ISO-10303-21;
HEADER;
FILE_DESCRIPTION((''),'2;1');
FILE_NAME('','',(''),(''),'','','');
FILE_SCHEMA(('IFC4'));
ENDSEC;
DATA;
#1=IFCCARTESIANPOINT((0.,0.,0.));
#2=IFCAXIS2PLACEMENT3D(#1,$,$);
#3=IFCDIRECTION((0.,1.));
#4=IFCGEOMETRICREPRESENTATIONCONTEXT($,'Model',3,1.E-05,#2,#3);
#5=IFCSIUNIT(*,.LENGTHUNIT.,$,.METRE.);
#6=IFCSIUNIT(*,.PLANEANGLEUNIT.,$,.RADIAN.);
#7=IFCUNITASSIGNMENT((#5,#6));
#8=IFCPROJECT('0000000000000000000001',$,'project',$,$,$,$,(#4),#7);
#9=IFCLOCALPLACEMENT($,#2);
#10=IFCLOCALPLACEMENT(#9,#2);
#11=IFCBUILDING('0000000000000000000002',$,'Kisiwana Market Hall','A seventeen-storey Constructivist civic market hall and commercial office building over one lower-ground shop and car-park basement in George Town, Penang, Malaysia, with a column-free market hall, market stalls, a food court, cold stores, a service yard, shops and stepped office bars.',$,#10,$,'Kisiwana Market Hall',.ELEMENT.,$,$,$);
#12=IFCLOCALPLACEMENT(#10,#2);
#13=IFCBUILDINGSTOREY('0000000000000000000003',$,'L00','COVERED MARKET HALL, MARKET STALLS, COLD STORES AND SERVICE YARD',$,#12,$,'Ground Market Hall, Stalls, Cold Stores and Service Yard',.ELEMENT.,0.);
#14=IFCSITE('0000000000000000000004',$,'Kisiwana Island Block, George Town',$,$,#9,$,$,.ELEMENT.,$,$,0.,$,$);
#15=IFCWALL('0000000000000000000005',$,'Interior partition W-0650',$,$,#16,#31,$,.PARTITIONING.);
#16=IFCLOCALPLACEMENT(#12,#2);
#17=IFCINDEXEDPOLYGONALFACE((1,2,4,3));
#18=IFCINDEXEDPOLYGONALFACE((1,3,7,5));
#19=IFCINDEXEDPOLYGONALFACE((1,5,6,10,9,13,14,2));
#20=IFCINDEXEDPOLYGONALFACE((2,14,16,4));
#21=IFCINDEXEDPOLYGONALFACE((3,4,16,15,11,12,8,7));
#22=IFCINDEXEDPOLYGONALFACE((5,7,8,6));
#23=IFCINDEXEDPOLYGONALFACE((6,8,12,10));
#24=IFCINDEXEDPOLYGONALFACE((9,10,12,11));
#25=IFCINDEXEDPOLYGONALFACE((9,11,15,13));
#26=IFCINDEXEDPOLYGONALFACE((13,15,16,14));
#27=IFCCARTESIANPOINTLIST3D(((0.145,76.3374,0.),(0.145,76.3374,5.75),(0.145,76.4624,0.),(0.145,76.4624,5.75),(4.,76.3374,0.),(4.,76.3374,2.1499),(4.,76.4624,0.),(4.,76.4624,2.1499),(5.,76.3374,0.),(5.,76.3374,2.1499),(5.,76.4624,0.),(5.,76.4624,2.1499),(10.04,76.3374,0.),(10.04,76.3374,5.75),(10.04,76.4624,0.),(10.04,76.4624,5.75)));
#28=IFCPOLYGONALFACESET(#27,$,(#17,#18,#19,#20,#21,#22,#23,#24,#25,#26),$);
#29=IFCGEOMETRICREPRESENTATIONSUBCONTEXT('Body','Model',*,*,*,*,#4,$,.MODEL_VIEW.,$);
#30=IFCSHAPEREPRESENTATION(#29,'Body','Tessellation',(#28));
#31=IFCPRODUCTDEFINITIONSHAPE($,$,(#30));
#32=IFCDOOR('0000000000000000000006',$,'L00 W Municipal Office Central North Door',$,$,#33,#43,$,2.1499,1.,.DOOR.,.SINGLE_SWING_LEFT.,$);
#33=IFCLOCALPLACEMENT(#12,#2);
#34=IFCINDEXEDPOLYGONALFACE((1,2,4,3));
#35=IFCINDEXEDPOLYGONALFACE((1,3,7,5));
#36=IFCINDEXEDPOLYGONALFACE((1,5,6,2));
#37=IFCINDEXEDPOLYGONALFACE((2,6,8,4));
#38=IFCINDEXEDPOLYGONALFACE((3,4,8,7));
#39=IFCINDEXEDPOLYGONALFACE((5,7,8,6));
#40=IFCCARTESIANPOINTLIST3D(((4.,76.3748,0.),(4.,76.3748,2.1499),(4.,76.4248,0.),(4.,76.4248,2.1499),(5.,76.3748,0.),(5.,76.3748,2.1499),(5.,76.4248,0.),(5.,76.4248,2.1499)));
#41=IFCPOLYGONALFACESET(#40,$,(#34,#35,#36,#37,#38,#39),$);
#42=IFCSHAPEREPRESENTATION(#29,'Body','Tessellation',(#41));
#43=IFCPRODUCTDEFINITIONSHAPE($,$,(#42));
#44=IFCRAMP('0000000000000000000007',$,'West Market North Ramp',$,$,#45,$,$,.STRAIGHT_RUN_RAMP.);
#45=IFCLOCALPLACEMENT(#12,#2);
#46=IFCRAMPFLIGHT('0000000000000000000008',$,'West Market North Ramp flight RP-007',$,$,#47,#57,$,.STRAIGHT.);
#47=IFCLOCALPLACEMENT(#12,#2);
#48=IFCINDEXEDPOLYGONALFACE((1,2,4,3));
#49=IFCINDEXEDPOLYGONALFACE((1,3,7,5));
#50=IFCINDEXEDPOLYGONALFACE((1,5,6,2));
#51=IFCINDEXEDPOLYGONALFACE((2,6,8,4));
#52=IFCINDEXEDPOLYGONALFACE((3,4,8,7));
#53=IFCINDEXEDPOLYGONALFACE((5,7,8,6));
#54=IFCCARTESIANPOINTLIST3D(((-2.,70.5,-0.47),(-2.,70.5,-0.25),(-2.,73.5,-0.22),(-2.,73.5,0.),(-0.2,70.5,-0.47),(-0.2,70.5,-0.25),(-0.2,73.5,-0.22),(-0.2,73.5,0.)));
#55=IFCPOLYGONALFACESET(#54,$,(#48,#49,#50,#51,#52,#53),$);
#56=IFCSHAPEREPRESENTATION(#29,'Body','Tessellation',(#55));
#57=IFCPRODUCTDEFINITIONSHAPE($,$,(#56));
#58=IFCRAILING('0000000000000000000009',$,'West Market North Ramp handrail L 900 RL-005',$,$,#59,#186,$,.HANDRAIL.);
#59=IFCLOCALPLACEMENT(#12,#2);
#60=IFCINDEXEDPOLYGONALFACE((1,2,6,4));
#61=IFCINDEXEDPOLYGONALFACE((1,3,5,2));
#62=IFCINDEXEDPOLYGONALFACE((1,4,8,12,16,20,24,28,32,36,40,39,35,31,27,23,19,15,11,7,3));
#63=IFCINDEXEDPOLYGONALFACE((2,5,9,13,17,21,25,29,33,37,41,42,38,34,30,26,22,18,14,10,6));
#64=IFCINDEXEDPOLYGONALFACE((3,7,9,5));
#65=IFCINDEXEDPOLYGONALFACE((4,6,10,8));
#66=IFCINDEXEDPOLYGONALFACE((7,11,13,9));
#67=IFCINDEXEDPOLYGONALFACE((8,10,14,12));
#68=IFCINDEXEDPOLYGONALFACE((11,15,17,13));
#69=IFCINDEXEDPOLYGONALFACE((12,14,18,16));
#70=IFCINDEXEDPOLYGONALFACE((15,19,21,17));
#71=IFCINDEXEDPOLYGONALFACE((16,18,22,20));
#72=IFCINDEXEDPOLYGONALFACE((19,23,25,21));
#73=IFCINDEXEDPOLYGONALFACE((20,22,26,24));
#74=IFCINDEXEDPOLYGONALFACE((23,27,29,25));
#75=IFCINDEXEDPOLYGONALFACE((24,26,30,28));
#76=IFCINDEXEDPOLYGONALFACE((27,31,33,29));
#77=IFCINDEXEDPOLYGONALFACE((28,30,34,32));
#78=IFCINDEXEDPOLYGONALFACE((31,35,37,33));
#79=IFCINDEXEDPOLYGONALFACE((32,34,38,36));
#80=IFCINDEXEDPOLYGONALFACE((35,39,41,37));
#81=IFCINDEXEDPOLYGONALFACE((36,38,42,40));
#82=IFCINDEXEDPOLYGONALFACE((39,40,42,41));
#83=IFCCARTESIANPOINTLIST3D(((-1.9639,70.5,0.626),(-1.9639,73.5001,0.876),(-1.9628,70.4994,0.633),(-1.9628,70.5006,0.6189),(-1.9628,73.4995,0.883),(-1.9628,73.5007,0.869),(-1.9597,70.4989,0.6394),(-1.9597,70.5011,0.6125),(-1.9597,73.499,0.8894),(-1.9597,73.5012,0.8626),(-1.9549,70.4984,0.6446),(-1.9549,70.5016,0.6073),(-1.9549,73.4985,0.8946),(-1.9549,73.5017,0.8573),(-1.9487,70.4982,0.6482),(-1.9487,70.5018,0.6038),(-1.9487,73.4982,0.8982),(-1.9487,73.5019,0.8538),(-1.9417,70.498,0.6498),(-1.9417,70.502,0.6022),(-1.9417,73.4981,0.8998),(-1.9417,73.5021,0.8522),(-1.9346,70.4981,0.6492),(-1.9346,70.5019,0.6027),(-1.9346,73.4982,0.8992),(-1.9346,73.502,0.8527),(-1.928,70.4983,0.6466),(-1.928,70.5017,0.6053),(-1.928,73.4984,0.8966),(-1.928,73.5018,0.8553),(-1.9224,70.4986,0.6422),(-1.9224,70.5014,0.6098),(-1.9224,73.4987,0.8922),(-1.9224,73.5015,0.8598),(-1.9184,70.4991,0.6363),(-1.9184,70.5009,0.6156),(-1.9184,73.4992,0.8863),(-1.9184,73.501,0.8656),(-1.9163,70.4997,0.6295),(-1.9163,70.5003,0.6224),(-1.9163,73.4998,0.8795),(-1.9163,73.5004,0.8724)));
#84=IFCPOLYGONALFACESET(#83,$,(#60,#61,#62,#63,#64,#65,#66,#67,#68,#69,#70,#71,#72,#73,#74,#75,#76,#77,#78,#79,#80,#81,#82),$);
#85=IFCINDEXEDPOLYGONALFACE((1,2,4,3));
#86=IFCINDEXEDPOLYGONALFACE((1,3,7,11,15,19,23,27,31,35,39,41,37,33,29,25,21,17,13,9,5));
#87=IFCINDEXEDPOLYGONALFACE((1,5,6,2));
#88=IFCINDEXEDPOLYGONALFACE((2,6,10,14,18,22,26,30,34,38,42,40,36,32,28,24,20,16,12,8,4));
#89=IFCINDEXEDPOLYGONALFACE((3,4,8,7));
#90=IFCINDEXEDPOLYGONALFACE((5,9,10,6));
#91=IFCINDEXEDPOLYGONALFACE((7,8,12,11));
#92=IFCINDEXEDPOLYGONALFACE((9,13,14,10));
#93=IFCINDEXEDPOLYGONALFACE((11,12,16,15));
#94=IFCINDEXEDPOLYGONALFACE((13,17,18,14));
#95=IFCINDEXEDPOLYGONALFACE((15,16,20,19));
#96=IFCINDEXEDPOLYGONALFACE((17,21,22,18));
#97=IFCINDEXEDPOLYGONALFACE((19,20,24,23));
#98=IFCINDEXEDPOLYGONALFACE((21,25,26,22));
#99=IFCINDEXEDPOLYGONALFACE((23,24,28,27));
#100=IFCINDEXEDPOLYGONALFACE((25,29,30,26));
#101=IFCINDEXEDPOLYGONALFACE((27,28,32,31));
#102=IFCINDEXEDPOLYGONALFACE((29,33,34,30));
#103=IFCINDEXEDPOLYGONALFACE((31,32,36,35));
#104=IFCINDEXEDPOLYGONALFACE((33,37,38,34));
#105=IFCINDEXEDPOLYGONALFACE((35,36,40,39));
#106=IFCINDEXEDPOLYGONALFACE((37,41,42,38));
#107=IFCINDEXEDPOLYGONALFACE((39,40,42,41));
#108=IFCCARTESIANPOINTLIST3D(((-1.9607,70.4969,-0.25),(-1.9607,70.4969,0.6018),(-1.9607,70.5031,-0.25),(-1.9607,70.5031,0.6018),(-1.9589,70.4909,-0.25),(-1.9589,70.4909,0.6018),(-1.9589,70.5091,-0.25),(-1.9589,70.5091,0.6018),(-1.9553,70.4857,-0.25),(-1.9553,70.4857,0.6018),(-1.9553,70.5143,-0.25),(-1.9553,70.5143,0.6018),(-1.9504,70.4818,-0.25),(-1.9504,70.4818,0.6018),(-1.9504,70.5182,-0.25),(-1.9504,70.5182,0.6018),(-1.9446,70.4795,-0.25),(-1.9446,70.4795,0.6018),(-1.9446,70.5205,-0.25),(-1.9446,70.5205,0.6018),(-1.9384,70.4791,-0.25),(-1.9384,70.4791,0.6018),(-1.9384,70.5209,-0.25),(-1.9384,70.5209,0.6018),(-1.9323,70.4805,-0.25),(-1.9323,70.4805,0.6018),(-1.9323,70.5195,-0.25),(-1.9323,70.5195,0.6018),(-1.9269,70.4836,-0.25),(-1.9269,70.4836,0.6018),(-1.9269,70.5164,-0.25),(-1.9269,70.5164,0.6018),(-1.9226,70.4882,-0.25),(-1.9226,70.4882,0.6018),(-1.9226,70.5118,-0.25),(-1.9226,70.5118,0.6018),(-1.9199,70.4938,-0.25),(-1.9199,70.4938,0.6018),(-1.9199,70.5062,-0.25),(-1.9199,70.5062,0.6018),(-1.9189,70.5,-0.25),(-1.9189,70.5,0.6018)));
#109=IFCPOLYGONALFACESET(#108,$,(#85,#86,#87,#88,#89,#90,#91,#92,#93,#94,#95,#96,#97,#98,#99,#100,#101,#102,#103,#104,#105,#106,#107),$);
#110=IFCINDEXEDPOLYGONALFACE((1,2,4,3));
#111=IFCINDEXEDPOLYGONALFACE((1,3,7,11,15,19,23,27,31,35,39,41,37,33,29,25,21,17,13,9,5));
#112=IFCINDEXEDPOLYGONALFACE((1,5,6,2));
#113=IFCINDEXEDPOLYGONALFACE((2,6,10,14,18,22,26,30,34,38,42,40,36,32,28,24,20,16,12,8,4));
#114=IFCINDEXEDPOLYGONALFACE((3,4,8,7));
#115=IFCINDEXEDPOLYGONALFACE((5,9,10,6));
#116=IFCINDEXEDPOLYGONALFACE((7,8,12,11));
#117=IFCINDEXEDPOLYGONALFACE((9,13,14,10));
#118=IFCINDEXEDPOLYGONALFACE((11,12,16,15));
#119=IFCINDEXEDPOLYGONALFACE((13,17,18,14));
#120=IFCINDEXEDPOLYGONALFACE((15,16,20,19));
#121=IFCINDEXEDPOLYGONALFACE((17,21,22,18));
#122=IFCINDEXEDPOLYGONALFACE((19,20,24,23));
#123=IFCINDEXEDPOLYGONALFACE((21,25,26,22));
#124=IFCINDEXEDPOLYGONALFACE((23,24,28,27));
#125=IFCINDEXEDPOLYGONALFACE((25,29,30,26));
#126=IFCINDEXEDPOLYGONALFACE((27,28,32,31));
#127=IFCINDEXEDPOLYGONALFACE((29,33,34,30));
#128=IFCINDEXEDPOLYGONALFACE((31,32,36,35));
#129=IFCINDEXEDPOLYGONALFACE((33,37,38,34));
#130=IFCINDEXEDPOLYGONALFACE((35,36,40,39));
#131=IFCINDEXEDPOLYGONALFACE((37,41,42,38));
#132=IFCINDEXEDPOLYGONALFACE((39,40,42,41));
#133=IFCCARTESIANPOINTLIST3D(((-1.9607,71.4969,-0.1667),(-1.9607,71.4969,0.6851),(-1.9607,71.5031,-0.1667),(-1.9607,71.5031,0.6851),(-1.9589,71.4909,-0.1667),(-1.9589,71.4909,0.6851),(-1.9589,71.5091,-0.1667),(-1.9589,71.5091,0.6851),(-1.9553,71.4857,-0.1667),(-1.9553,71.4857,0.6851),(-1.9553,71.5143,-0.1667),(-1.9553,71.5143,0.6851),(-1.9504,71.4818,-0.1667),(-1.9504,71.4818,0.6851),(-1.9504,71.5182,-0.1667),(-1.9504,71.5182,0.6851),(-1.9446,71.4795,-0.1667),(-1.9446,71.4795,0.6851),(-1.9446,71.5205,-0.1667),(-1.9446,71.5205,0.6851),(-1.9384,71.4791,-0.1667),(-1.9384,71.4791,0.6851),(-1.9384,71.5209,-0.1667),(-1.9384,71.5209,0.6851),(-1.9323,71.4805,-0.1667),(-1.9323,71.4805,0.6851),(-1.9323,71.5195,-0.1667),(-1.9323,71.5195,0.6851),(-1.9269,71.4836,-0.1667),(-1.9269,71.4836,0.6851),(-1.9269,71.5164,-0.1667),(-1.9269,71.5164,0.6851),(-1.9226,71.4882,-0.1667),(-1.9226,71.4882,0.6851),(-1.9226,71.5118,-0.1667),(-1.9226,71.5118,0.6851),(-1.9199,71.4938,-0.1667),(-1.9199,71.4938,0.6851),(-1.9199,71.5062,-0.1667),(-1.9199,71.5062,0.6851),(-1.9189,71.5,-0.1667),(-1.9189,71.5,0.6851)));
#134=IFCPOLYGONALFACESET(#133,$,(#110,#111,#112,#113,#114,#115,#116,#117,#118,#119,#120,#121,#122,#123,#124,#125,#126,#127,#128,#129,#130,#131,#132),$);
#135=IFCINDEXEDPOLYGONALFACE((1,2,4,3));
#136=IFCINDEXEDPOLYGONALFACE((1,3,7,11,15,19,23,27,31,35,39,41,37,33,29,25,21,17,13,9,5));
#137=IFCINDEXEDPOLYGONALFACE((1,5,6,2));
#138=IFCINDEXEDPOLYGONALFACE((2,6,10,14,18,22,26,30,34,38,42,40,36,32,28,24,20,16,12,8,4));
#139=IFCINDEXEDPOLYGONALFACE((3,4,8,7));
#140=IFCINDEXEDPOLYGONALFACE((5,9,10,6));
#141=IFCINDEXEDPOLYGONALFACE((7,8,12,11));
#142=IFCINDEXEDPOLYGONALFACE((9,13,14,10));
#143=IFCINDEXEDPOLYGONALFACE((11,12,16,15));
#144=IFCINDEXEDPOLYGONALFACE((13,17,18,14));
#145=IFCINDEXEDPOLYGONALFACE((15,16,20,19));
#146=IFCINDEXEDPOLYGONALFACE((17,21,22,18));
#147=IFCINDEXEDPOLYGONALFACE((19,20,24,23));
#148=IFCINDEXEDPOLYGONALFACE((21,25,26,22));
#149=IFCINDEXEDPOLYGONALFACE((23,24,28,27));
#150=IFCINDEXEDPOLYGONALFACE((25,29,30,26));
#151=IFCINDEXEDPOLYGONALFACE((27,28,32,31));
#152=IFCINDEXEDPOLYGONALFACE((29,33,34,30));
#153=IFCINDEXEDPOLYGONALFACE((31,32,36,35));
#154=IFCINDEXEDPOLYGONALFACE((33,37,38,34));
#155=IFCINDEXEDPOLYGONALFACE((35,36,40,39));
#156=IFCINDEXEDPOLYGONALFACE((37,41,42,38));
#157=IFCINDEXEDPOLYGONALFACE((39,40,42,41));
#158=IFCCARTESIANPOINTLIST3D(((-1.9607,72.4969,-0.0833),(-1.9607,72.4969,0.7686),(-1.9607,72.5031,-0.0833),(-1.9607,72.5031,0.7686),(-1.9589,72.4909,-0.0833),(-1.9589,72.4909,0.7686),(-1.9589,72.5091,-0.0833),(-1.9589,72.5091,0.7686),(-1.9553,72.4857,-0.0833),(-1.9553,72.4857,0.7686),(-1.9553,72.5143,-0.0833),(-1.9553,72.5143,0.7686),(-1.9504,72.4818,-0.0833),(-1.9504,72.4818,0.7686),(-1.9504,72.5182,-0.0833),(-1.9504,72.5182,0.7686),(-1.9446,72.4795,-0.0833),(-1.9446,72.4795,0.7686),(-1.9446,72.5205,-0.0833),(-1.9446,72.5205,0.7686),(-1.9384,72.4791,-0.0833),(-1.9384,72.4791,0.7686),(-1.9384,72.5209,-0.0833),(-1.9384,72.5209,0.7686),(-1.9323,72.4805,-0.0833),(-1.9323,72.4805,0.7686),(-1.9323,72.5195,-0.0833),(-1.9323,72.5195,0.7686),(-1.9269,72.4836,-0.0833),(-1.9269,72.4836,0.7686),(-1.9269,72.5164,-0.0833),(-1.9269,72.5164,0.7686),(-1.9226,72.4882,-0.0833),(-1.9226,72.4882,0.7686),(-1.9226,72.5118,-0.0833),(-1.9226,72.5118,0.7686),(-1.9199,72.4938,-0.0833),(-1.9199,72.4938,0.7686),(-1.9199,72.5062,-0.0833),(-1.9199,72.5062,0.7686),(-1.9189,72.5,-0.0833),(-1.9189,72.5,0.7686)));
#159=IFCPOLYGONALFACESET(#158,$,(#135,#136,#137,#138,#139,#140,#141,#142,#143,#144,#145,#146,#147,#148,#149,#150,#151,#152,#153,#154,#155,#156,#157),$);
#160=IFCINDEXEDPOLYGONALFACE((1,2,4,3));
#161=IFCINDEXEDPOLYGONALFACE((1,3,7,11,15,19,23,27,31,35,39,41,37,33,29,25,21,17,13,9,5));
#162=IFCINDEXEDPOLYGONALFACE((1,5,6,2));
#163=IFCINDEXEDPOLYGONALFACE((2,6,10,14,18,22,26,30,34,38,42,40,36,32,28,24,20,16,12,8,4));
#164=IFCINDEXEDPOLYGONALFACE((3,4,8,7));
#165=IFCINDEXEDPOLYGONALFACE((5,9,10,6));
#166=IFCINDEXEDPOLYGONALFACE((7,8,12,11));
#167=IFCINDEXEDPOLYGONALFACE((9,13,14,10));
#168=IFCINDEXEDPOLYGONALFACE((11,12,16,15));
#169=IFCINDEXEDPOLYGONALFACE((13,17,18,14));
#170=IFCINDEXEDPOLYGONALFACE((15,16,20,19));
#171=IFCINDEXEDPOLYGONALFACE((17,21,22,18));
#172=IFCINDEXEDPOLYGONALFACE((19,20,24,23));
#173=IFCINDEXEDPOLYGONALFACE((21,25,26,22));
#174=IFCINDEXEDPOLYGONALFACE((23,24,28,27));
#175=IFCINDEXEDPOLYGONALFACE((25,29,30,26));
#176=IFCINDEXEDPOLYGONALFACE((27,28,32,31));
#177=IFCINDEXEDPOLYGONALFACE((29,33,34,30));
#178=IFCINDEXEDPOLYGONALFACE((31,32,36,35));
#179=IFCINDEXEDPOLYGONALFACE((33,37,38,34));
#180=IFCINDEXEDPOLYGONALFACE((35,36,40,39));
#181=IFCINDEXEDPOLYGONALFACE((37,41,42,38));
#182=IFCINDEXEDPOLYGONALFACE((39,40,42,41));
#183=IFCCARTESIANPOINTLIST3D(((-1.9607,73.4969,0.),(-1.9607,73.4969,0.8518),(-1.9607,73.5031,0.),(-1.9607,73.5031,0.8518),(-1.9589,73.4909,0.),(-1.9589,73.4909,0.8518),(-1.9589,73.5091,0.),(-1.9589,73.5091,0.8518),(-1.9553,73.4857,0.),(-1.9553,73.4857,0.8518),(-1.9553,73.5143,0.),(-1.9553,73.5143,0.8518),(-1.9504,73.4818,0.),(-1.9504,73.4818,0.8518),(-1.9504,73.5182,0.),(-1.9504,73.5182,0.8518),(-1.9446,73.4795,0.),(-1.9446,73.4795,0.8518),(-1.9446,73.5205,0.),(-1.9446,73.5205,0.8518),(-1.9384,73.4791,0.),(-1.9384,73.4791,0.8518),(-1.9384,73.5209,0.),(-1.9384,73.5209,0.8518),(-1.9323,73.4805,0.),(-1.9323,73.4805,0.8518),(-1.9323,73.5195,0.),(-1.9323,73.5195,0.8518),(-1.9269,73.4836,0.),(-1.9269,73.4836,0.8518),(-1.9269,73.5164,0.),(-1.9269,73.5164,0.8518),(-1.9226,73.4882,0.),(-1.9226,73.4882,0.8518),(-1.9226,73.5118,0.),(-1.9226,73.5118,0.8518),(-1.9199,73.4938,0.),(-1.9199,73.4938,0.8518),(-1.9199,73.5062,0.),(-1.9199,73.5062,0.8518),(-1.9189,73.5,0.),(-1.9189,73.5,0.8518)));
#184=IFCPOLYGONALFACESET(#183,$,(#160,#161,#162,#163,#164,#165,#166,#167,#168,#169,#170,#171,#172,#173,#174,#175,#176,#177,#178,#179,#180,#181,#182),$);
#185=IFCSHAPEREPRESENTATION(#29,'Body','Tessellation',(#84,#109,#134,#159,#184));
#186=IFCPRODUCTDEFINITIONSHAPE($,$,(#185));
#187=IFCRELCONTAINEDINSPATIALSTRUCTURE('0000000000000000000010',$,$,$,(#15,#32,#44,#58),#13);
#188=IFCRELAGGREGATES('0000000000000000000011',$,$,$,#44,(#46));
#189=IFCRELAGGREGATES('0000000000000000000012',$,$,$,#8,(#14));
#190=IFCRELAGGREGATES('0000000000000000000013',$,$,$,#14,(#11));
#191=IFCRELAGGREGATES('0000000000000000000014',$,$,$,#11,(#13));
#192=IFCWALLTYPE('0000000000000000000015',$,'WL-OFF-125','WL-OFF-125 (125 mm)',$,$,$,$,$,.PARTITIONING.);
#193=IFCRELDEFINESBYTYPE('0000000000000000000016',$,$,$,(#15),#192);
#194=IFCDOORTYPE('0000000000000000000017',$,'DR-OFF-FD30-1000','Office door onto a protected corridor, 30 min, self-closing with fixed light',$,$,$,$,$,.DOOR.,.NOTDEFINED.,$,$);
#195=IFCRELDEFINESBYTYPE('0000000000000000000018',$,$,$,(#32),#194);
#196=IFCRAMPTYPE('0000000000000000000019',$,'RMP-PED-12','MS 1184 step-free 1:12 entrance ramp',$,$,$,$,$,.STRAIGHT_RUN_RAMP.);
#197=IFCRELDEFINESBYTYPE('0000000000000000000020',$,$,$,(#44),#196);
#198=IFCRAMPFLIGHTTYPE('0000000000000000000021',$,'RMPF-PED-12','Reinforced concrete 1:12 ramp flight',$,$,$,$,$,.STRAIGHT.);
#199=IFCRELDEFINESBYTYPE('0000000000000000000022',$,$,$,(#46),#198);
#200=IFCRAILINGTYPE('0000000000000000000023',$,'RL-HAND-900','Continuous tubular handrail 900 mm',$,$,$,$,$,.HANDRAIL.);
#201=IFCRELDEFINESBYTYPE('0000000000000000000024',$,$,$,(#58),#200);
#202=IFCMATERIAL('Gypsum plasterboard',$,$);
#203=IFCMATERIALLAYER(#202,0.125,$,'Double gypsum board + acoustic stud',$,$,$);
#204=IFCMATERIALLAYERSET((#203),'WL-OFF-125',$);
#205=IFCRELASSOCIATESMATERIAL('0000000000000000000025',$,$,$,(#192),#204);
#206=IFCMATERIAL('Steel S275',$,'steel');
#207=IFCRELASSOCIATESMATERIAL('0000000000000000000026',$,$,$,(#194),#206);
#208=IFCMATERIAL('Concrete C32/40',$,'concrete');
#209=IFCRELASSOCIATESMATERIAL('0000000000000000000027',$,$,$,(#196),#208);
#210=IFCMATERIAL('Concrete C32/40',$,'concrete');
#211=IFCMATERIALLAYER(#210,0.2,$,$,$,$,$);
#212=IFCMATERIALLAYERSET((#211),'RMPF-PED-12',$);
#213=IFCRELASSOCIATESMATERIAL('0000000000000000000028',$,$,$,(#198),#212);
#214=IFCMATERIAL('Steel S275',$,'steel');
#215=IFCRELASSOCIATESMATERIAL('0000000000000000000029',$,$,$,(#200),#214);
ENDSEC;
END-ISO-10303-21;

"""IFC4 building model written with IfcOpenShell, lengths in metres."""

from ifc_helpers import new_model, si_unit, direction, frame, frame_2d, origin, origin_2d, place, context, subcontext, project, spatial, polyline, rectangle, circle, outline, extrude, material, layer, layer_set, type_object, element, fill, aggregate, save


model = new_model("IFC4")

# Units and contexts
model_context = context("Model", 3, precision=1e-05, world=origin(), true_north=direction((0.0, 1.0)))
body_context = subcontext(model_context, "Body", "Model", "MODEL_VIEW")
ifc_project = project(units=[si_unit("LENGTHUNIT", "METRE"), si_unit("PLANEANGLEUNIT", "RADIAN")], contexts=[model_context])

# Site, building, storey
site_placement = place(None, origin())
site = spatial("IfcSite", under=ifc_project, at=site_placement, Name="Kisiwana Island Block, George Town", CompositionType="ELEMENT", RefElevation=0.0)
building_placement = place(site_placement, origin())
building = spatial("IfcBuilding", under=site, at=building_placement, Name="Kisiwana Market Hall", Description="A seventeen-storey Constructivist civic market hall and commercial office building over one lower-ground shop and car-park basement in George Town, Penang, Malaysia, with a column-free market hall, market stalls, a food court, cold stores, a service yard, shops and stepped office bars.", LongName="Kisiwana Market Hall", CompositionType="ELEMENT")
storey_placement = place(building_placement, origin())
storey = spatial("IfcBuildingStorey", under=building, at=storey_placement, Name="L00", Description="COVERED MARKET HALL, MARKET STALLS, COLD STORES AND SERVICE YARD", LongName="Ground Market Hall, Stalls, Cold Stores and Service Yard", CompositionType="ELEMENT", Elevation=0.0)

# Wall, opening, door
ifc_material_1 = material(Name="Gypsum plasterboard")
ifc_layer_1 = layer(ifc_material_1, 0.125, Name="Double gypsum board + acoustic stud")
ifc_layer_set_1 = layer_set([ifc_layer_1], Name="WL-OFF-125")
wall_type_1 = type_object("IfcWallType", Name="WL-OFF-125", Description="WL-OFF-125 (125 mm)", PredefinedType="PARTITIONING", material=ifc_layer_set_1)
wall_1_placement = place(storey_placement, frame((0.145, 76.3999, 0.0), z_axis=(0.0, 0.0, 1.0), x_axis=(1.0, 0.0, 0.0)))
wall_1 = element("IfcWall", 1, at=wall_1_placement, inside=storey, type_object=wall_type_1, Name="Interior partition W-0650", PredefinedType="PARTITIONING", context=body_context, shape_type="SweptSolid", body=[
    extrude(rectangle(XDim=9.895, YDim=0.125, at=frame_2d((4.9475, 0.0))), origin(), (0.0, 0.0, 1.0), 5.75),
])
opening_1_placement = place(wall_1_placement, frame((3.855, 0.0, 0.0)))
opening_1 = element("IfcOpeningElement", 2, at=opening_1_placement, cuts=wall_1, PredefinedType="OPENING", context=body_context, shape_type="SweptSolid", body=[
    extrude(rectangle(XDim=1.0, YDim=2.1499, at=frame_2d((0.5, 1.075))), frame((0.0, 0.0745, 0.0), z_axis=(0.0, -1.0, 0.0), x_axis=(1.0, 0.0, 0.0)), (0.0, 0.0, 1.0), 0.1489),
])
ifc_material_2 = material(Name="Steel S275", Category="steel")
door_type_1 = type_object("IfcDoorType", Name="DR-OFF-FD30-1000", Description="Office door onto a protected corridor, 30 min, self-closing with fixed light", OperationType="NOTDEFINED", PredefinedType="DOOR", material=ifc_material_2)
door_1_placement = place(opening_1_placement, origin())
door_1 = element("IfcDoor", 3, at=door_1_placement, inside=storey, type_object=door_type_1, Name="L00 W Municipal Office Central North Door", OperationType="SINGLE_SWING_LEFT", OverallHeight=2.1499, OverallWidth=1.0, PredefinedType="DOOR", context=body_context, shape_type="SweptSolid", body=[
    extrude(rectangle(XDim=1.0, YDim=2.1499, at=frame_2d((0.5, 1.075))), frame((0.0, 0.0249, 0.0), z_axis=(0.0, -1.0, 0.0), x_axis=(1.0, 0.0, 0.0)), (0.0, 0.0, 1.0), 0.05),
])
fill(opening_1, door_1)

# Ramp, ramp flight
ifc_material_3 = material(Name="Concrete C32/40", Category="concrete")
ramp_type = type_object("IfcRampType", Name="RMP-PED-12", Description="MS 1184 step-free 1:12 entrance ramp", PredefinedType="STRAIGHT_RUN_RAMP", material=ifc_material_3)
ramp_placement = place(storey_placement, origin())
ramp = element("IfcRamp", 4, at=ramp_placement, inside=storey, type_object=ramp_type, Name="West Market North Ramp", PredefinedType="STRAIGHT_RUN_RAMP")
ifc_material_4 = material(Name="Concrete C32/40", Category="concrete")
ifc_layer_2 = layer(ifc_material_4, 0.2)
ifc_layer_set_2 = layer_set([ifc_layer_2], Name="RMPF-PED-12")
ramp_flight_type = type_object("IfcRampFlightType", Name="RMPF-PED-12", Description="Reinforced concrete 1:12 ramp flight", PredefinedType="STRAIGHT", material=ifc_layer_set_2)
ramp_flight_placement = place(storey_placement, frame((-1.1001, 70.5, -0.25), z_axis=(0.0, 0.0, 1.0), x_axis=(0.0, 1.0, 0.0)))
ramp_flight = element("IfcRampFlight", 5, at=ramp_flight_placement, type_object=ramp_flight_type, Name="West Market North Ramp flight RP-007", PredefinedType="STRAIGHT", context=body_context, shape_type="SweptSolid", body=[
    extrude(outline(polyline([(0.0, -0.22), (3.0, 0.03), (3.0, 0.25), (0.0, 0.0), (0.0, -0.22)])), frame((0.0, 0.8999, 0.0), z_axis=(0.0, -1.0, 0.0), x_axis=(1.0, 0.0, 0.0)), (0.0, 0.0, 1.0), 1.8),
])
aggregate(ramp, [ramp_flight])

# Railing
ifc_material_5 = material(Name="Steel S275", Category="steel")
railing_type = type_object("IfcRailingType", Name="RL-HAND-900", Description="Continuous tubular handrail 900 mm", PredefinedType="HANDRAIL", material=ifc_material_5)
for number, where, name in (
    (6, (-1.9399, 70.5, -0.25), "West Market North Ramp handrail L 900 RL-005"),
):
    element("IfcRailing", number, at=place(storey_placement, frame(where)), inside=storey, type_object=railing_type, Name=name, PredefinedType="HANDRAIL", context=body_context, shape_type="SweptSolid", body=[
        extrude(circle(Radius=0.0239, at=origin_2d()), frame((0.0, 0.0, 0.876), z_axis=(0.0, 0.996546, 0.083045), x_axis=(-1.0, 0.0, 0.0)), (0.0, 0.0, 1.0), 3.0105),
        extrude(circle(Radius=0.021, at=origin_2d()), origin(), (0.0, 0.0, 1.0), 0.8518),
        extrude(circle(Radius=0.021, at=origin_2d()), frame((0.0, 1.0, 0.0833)), (0.0, 0.0, 1.0), 0.8518),
        extrude(circle(Radius=0.021, at=origin_2d()), frame((0.0, 2.0, 0.1667)), (0.0, 0.0, 1.0), 0.8518),
        extrude(circle(Radius=0.021, at=origin_2d()), frame((0.0, 3.0, 0.25)), (0.0, 0.0, 1.0), 0.8518),
    ])

save(model, "model.ifc")
